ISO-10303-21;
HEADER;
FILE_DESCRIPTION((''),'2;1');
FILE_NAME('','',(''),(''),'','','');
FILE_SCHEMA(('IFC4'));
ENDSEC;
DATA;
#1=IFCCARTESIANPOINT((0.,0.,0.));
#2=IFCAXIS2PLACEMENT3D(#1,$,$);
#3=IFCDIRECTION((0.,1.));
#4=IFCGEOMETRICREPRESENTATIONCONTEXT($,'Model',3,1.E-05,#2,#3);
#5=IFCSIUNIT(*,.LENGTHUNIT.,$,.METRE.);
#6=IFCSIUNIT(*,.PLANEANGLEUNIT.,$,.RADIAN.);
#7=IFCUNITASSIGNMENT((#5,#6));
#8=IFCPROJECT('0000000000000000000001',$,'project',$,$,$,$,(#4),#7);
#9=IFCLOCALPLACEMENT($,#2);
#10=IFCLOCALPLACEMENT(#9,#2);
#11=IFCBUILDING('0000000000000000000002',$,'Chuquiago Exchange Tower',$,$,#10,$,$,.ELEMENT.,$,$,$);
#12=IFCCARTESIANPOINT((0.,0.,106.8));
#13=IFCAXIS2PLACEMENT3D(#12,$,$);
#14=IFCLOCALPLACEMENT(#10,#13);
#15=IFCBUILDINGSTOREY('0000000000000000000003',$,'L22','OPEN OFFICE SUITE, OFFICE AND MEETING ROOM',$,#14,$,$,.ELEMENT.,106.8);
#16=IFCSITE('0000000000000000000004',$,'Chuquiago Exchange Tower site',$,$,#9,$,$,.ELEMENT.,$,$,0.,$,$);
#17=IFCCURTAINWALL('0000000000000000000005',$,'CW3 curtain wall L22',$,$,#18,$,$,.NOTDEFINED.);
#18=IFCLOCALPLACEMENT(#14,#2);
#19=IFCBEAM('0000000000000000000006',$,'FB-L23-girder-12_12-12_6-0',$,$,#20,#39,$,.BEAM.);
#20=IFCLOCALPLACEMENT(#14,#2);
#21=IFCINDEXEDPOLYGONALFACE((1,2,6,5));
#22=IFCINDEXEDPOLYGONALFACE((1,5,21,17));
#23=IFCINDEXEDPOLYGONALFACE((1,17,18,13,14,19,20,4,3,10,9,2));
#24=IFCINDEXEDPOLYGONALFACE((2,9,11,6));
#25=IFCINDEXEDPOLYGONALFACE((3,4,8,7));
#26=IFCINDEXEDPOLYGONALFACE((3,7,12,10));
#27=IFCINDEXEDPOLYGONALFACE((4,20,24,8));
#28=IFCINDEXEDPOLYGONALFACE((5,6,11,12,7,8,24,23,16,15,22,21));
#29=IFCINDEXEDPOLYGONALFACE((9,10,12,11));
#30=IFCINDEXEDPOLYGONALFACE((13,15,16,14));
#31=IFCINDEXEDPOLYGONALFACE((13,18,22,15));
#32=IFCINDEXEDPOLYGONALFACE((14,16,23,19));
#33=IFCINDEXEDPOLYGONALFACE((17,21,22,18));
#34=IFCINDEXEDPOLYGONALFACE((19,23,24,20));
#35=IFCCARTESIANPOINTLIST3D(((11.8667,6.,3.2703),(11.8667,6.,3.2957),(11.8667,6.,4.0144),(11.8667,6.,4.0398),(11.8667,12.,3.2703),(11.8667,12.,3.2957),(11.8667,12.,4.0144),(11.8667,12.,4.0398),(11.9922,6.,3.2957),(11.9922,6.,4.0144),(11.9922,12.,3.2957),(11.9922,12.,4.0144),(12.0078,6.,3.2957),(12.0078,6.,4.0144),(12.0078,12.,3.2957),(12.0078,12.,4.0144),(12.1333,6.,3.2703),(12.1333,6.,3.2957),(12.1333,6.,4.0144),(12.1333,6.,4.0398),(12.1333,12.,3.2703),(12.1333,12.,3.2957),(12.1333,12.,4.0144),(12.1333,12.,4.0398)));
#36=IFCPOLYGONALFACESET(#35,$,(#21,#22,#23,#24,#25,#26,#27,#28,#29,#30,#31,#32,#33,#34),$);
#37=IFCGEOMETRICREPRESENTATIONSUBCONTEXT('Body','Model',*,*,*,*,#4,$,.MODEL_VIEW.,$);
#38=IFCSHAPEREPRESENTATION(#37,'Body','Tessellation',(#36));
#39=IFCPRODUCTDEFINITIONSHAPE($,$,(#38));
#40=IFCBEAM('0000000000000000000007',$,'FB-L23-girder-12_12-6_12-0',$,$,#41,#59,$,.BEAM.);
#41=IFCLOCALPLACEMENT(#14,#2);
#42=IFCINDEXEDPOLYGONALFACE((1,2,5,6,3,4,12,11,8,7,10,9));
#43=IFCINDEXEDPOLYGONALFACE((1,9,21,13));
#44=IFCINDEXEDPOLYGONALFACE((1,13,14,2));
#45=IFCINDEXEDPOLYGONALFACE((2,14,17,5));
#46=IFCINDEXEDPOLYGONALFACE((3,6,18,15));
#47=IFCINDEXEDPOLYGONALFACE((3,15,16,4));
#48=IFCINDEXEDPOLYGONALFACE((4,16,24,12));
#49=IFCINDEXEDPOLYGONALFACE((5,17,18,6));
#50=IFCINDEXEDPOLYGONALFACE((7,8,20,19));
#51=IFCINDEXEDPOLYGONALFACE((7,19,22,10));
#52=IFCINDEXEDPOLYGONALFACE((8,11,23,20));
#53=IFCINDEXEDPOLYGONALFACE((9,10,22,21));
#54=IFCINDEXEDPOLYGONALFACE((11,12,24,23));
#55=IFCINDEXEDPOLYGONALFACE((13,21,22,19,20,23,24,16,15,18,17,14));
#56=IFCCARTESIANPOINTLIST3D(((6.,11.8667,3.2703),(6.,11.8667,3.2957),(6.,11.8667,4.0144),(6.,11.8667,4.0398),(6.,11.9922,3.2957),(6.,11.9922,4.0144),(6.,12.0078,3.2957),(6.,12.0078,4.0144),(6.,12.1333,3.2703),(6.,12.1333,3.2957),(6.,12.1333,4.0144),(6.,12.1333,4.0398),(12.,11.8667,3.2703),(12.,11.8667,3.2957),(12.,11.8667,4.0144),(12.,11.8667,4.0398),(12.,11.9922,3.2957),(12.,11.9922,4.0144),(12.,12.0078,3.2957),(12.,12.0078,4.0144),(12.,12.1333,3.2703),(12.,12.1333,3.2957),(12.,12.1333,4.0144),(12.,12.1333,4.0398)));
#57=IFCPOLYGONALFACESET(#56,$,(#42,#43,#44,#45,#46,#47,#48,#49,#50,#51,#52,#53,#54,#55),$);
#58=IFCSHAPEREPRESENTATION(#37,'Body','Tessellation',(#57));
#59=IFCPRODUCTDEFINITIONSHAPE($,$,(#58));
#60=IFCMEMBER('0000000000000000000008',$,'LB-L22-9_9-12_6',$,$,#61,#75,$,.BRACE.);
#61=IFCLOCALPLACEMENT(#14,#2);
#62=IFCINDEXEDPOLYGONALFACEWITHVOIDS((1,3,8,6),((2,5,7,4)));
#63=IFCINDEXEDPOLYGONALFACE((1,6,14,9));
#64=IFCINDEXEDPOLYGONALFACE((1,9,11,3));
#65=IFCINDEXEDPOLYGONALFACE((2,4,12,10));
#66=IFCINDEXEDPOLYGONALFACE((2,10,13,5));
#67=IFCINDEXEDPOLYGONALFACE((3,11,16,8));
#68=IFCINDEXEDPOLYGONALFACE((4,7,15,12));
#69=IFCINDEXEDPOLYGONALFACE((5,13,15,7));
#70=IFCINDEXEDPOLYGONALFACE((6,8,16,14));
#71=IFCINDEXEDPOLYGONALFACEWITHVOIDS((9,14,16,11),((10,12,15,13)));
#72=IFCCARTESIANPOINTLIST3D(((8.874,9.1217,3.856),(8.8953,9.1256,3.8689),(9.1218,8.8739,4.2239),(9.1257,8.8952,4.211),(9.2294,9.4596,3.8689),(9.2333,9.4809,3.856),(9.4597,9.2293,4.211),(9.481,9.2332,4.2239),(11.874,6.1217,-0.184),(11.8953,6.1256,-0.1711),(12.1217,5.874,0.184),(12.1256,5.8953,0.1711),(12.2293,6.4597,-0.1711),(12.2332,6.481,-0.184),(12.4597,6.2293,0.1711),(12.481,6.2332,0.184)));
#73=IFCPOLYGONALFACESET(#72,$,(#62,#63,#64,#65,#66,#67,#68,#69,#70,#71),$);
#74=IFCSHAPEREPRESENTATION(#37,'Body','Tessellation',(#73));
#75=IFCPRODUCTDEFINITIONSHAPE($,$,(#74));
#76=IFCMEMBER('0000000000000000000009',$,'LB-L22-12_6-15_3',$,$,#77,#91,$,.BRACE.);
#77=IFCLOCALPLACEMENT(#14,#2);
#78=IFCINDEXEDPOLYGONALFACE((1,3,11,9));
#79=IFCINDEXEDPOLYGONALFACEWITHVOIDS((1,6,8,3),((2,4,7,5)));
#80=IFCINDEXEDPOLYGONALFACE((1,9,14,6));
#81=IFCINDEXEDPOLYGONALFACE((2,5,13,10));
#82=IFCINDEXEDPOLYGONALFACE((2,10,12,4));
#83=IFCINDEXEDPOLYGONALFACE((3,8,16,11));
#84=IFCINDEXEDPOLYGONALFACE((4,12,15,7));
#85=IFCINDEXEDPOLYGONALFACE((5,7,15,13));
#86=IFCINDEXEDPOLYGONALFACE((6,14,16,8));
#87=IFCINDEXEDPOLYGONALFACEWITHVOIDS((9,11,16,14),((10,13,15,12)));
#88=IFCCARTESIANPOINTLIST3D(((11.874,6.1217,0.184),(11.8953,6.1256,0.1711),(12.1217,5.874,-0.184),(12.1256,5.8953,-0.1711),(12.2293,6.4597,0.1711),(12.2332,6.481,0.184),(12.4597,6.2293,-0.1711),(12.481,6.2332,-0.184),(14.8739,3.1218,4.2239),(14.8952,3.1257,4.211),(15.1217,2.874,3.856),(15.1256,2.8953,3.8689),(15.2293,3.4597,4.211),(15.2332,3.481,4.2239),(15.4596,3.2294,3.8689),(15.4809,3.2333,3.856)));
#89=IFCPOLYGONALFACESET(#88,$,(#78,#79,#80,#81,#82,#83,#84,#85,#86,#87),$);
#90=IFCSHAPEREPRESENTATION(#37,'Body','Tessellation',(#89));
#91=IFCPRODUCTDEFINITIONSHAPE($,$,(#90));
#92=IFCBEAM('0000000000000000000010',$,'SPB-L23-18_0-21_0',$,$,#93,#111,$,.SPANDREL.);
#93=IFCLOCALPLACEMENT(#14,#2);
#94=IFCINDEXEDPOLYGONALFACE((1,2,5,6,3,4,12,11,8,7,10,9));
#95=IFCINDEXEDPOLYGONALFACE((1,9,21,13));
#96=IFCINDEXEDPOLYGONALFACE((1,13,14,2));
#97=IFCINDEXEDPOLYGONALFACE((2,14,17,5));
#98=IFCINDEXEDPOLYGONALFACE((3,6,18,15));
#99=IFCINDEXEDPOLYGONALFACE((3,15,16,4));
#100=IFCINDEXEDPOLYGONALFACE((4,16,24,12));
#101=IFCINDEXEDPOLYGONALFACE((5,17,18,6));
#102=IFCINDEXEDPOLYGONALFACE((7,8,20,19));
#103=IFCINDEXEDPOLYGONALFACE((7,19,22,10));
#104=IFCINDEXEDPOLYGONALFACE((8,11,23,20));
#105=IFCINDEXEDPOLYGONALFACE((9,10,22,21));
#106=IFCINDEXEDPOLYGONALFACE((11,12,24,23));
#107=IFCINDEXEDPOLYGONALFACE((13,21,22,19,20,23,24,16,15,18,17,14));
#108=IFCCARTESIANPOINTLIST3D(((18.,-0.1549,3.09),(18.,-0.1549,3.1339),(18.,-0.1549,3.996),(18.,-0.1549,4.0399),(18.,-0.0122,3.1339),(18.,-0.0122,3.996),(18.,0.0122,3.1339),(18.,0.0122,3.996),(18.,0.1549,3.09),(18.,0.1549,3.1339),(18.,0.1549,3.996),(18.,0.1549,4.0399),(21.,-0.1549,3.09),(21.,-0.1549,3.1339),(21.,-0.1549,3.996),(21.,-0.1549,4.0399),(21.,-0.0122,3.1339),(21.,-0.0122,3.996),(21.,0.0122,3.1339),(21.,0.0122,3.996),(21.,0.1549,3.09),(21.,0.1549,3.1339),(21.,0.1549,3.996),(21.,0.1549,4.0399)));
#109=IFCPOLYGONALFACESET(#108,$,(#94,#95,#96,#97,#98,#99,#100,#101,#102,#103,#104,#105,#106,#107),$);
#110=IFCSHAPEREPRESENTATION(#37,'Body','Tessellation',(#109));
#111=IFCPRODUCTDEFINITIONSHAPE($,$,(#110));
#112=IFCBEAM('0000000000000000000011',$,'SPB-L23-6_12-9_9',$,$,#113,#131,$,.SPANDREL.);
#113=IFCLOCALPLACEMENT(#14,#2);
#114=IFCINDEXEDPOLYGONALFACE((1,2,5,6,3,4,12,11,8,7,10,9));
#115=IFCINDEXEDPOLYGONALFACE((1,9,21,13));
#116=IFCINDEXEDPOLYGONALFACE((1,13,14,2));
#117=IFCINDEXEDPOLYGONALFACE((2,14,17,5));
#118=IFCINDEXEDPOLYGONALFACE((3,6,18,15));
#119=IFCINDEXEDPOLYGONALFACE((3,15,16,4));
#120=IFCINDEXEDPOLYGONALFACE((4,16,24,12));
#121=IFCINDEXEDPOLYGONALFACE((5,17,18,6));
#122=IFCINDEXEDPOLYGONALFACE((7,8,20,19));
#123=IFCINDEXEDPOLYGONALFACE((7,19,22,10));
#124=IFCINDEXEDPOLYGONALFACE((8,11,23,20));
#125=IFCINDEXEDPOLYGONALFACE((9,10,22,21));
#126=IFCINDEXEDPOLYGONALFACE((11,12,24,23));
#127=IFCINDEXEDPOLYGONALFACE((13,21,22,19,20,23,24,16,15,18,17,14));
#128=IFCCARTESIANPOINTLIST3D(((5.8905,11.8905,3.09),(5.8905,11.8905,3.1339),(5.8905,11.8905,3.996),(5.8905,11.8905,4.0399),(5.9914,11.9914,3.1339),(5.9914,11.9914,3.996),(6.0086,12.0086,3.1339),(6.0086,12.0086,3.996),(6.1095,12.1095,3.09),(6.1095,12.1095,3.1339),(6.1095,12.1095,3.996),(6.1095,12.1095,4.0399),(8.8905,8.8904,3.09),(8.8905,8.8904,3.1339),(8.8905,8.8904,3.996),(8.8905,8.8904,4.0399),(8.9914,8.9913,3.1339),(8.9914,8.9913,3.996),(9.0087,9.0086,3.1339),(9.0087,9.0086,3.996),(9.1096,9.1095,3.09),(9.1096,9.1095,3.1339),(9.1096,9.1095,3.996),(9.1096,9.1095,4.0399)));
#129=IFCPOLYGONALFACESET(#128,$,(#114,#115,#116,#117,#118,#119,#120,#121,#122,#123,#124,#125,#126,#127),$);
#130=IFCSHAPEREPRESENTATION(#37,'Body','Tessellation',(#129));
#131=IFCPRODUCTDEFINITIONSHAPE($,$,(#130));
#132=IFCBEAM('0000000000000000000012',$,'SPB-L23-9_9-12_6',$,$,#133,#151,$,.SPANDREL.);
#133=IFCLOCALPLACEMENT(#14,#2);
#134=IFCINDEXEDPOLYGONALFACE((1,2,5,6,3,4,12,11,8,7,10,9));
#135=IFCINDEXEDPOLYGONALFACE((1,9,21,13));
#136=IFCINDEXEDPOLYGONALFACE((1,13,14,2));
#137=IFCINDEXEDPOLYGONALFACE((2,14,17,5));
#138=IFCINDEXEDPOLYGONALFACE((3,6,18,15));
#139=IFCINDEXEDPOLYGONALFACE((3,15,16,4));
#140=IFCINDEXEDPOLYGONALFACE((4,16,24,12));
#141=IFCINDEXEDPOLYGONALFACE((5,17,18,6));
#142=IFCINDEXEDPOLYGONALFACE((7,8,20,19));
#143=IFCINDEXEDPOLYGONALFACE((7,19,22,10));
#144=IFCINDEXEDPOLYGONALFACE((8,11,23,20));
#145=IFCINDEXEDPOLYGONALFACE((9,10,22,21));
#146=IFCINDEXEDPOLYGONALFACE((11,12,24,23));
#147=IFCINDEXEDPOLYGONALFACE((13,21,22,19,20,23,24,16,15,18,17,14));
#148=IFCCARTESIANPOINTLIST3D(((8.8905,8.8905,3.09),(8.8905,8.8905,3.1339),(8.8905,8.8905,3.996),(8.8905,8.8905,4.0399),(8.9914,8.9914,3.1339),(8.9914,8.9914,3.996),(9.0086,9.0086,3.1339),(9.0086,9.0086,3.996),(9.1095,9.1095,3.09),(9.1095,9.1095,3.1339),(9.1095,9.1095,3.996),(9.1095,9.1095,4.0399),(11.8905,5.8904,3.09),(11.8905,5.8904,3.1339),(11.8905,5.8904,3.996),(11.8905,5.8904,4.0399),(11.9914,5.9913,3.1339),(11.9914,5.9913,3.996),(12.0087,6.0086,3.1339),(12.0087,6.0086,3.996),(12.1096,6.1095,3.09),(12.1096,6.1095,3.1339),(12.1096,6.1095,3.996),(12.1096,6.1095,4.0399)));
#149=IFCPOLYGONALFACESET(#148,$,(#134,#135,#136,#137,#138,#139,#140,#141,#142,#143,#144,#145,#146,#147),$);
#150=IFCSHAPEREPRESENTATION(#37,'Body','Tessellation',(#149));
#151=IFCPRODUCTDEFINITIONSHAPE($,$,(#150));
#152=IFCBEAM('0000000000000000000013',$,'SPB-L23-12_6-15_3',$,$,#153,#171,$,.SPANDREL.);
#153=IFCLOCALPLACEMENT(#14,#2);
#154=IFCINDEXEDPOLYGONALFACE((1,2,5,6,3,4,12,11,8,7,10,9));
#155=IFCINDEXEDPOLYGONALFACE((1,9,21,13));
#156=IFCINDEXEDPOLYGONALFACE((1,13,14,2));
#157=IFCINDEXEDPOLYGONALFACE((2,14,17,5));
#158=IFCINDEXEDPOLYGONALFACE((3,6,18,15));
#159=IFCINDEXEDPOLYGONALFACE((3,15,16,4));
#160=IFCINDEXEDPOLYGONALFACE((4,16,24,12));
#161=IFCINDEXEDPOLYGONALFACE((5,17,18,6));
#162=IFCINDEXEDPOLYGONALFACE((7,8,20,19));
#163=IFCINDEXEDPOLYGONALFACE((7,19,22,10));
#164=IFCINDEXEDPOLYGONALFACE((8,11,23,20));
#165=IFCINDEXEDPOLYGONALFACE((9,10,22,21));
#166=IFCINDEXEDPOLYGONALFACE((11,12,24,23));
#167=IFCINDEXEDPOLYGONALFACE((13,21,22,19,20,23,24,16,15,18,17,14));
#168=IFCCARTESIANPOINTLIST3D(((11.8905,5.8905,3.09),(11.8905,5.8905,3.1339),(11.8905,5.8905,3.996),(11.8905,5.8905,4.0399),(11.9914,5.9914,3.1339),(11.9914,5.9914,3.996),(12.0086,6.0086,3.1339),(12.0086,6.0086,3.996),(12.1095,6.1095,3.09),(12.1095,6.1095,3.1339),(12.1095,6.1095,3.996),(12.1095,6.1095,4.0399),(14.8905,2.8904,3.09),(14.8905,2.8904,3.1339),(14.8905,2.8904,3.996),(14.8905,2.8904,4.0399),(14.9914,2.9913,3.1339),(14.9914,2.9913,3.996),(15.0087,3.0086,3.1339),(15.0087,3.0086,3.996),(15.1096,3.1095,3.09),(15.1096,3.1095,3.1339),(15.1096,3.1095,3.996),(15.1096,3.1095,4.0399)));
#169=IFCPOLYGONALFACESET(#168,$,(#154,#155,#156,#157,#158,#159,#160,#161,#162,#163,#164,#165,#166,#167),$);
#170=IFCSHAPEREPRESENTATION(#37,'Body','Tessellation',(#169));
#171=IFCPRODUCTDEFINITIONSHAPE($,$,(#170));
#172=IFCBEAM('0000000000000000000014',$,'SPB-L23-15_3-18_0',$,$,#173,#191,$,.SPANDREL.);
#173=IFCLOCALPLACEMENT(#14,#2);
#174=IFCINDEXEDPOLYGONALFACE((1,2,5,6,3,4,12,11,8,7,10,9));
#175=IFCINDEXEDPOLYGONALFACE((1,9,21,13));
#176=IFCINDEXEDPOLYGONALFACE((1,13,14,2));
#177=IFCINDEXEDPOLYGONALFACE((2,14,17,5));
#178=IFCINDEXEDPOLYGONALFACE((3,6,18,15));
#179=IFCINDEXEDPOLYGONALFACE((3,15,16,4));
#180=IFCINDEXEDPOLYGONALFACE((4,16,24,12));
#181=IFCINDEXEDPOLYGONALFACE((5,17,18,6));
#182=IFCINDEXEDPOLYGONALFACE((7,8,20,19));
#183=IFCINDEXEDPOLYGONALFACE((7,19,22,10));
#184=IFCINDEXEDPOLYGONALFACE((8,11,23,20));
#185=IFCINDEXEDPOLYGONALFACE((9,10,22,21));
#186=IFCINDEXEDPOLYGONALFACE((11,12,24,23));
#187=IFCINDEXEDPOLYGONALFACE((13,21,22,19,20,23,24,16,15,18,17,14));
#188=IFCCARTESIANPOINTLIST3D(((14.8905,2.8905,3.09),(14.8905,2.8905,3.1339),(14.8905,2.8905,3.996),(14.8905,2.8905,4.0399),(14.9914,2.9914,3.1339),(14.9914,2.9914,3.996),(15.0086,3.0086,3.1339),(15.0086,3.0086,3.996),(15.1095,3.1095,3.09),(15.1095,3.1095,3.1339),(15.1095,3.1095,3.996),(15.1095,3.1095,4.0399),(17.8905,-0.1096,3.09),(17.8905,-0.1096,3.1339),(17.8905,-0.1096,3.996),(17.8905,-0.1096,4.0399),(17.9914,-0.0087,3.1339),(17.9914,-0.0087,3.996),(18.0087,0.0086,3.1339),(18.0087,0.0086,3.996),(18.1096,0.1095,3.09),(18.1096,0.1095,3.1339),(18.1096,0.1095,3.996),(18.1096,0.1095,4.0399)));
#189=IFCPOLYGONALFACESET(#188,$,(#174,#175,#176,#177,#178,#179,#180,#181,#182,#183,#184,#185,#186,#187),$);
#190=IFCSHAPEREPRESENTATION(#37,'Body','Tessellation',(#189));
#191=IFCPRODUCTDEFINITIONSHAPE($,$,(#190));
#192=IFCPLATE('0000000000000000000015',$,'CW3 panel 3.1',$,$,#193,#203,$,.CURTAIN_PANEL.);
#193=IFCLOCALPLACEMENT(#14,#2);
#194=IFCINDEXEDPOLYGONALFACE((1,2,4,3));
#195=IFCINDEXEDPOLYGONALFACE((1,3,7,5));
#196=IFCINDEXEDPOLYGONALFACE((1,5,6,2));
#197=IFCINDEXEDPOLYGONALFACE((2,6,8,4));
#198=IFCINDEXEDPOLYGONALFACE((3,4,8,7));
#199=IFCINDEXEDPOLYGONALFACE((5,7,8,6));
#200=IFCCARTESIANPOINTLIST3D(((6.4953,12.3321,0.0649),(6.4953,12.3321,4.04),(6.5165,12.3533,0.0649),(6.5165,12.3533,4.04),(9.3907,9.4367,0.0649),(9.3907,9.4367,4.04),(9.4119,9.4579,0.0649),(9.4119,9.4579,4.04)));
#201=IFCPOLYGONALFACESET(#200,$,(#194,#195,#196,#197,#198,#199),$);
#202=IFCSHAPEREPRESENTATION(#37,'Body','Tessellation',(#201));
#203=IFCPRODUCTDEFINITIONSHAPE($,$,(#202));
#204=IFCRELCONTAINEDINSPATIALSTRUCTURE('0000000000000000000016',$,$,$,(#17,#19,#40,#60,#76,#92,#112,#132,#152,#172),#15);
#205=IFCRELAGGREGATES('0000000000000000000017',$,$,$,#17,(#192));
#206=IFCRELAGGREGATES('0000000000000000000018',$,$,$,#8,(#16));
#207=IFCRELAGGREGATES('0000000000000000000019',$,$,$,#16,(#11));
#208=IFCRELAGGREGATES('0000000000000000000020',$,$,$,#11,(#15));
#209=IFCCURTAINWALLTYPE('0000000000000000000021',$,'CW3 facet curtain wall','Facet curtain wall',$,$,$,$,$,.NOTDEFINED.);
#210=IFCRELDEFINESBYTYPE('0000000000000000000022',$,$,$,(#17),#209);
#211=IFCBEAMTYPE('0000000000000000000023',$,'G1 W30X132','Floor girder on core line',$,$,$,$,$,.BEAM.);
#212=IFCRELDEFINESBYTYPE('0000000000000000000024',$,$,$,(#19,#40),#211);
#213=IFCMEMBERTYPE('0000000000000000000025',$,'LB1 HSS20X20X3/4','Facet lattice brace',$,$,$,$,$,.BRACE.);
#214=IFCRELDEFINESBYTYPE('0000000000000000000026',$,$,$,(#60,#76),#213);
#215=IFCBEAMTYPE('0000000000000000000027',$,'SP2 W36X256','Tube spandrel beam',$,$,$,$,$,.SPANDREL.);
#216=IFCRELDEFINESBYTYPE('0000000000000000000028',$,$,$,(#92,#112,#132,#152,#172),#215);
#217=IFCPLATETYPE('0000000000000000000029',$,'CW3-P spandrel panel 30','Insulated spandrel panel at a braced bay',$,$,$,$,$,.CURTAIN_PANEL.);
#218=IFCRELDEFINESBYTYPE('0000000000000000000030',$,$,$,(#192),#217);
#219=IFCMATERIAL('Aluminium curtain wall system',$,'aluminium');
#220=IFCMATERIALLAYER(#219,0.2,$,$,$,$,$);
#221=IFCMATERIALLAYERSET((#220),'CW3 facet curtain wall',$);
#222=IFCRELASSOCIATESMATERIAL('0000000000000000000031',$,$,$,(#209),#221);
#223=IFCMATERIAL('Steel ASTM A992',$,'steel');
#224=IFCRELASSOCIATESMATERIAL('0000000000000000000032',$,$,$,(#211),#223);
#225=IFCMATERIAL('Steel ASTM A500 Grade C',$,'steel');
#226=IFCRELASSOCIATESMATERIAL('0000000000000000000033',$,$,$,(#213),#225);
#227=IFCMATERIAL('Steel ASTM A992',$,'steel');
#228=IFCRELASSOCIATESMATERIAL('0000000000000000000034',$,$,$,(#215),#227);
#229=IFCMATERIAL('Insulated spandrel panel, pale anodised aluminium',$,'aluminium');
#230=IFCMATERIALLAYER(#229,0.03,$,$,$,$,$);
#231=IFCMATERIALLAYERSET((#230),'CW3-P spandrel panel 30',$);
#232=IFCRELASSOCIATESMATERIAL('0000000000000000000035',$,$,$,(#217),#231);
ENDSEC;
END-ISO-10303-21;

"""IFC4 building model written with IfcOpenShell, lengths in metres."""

from ifc_helpers import new_model, si_unit, direction, frame, origin, origin_2d, place, context, subcontext, project, spatial, rectangle, hollow_rectangle, i_section, extrude, material, layer, layer_set, material_profile, profile_set, type_object, element, aggregate, save


model = new_model("IFC4")

# Units and contexts
model_context = context("Model", 3, precision=1e-05, world=origin(), true_north=direction((0.0, 1.0)))
body_context = subcontext(model_context, "Body", "Model", "MODEL_VIEW")
ifc_project = project(units=[si_unit("LENGTHUNIT", "METRE"), si_unit("PLANEANGLEUNIT", "RADIAN")], contexts=[model_context])

# Site, building, storey
site_placement = place(None, origin())
site = spatial("IfcSite", under=ifc_project, at=site_placement, Name="Chuquiago Exchange Tower site", CompositionType="ELEMENT", RefElevation=0.0)
building_placement = place(site_placement, origin())
building = spatial("IfcBuilding", under=site, at=building_placement, Name="Chuquiago Exchange Tower", CompositionType="ELEMENT")
storey_placement = place(building_placement, frame((0.0, 0.0, 106.8)))
storey = spatial("IfcBuildingStorey", under=building, at=storey_placement, Name="L22", Description="OPEN OFFICE SUITE, OFFICE AND MEETING ROOM", CompositionType="ELEMENT", Elevation=106.8)

# Curtain wall
ifc_material_1 = material(Name="Aluminium curtain wall system", Category="aluminium")
ifc_layer_1 = layer(ifc_material_1, 0.2)
ifc_layer_set_1 = layer_set([ifc_layer_1], Name="CW3 facet curtain wall")
curtain_wall_type = type_object("IfcCurtainWallType", Name="CW3 facet curtain wall", Description="Facet curtain wall", PredefinedType="NOTDEFINED", material=ifc_layer_set_1)
curtain_wall_placement = place(storey_placement, origin())
curtain_wall = element("IfcCurtainWall", 1, at=curtain_wall_placement, inside=storey, type_object=curtain_wall_type, Name="CW3 curtain wall L22", PredefinedType="NOTDEFINED")

# Beams
ifc_material_2 = material(Name="Steel ASTM A992", Category="steel")
ifc_material_profile_1 = material_profile(ifc_material_2, i_section(OverallWidth=0.2666, OverallDepth=0.7695, WebThickness=0.0156, FlangeThickness=0.0254, at=origin_2d()), Name="W30X132")
ifc_profile_set_1 = profile_set([ifc_material_profile_1], Name="Steel ASTM A992")
beam_type_1 = type_object("IfcBeamType", Name="G1 W30X132", Description="Floor girder on core line", PredefinedType="BEAM", material=ifc_profile_set_1)
for number, where, z_axis, x_axis, name in (
    (2, (12.0, 12.0, 3.655), (0.0, -1.0, 0.0), (1.0, 0.0, 0.0), "FB-L23-girder-12_12-12_6-0"),
    (3, (12.0, 12.0, 3.655), (-1.0, 0.0, 0.0), (0.0, -1.0, 0.0), "FB-L23-girder-12_12-6_12-0"),
):
    element("IfcBeam", number, at=place(storey_placement, frame(where, z_axis=z_axis, x_axis=x_axis)), inside=storey, type_object=beam_type_1, Name=name, PredefinedType="BEAM", context=body_context, shape_type="SweptSolid", body=[
        extrude(i_section(OverallWidth=0.2666, OverallDepth=0.7695, WebThickness=0.0156, FlangeThickness=0.0254, at=origin_2d()), origin(), (0.0, 0.0, 1.0), 6.0),
    ])

# Members
ifc_material_3 = material(Name="Steel ASTM A500 Grade C", Category="steel")
ifc_material_profile_2 = material_profile(ifc_material_3, hollow_rectangle(XDim=0.5081, YDim=0.5081, WallThickness=0.0178, at=origin_2d()), Name="HSS20X20X3/4")
ifc_profile_set_2 = profile_set([ifc_material_profile_2], Name="Steel ASTM A500 Grade C")
member_type_1 = type_object("IfcMemberType", Name="LB1 HSS20X20X3/4", Description="Facet lattice brace", PredefinedType="BRACE", material=ifc_profile_set_2)
for number, where, z_axis, x_axis, name in (
    (4, (12.1775, 6.1775, 0.0), (-0.512077, 0.512077, 0.689604), (-0.707107, -0.707107, 0.0), "LB-L22-9_9-12_6"),
    (5, (12.1775, 6.1775, 0.0), (0.512077, -0.512077, 0.689604), (0.707107, 0.707107, 0.0), "LB-L22-12_6-15_3"),
):
    element("IfcMember", number, at=place(storey_placement, frame(where, z_axis=z_axis, x_axis=x_axis)), inside=storey, type_object=member_type_1, Name=name, PredefinedType="BRACE", context=body_context, shape_type="SweptSolid", body=[
        extrude(hollow_rectangle(XDim=0.5081, YDim=0.5081, WallThickness=0.0178, at=origin_2d()), origin(), (0.0, 0.0, 1.0), 5.8584),
    ])

# Beams
ifc_material_4 = material(Name="Steel ASTM A992", Category="steel")
ifc_material_profile_3 = material_profile(ifc_material_4, i_section(OverallWidth=0.3098, OverallDepth=0.95, WebThickness=0.0244, FlangeThickness=0.0439, at=origin_2d()), Name="W36X256")
ifc_profile_set_3 = profile_set([ifc_material_profile_3], Name="Steel ASTM A992")
beam_type_2 = type_object("IfcBeamType", Name="SP2 W36X256", Description="Tube spandrel beam", PredefinedType="SPANDREL", material=ifc_profile_set_3)
beam_1_placement = place(storey_placement, frame((18.0, 0.0, 3.5649), z_axis=(1.0, 0.0, 0.0), x_axis=(0.0, 1.0, 0.0)))
element("IfcBeam", 6, at=beam_1_placement, inside=storey, type_object=beam_type_2, Name="SPB-L23-18_0-21_0", PredefinedType="SPANDREL", context=body_context, shape_type="SweptSolid", body=[
    extrude(i_section(OverallWidth=0.3098, OverallDepth=0.95, WebThickness=0.0244, FlangeThickness=0.0439, at=origin_2d()), origin(), (0.0, 0.0, 1.0), 3.0),
])
for number, where, z_axis, x_axis, name in (
    (7, (6.0, 12.0, 3.5649), (0.707107, -0.707107, 0.0), (0.707107, 0.707107, 0.0), "SPB-L23-6_12-9_9"),
    (8, (9.0, 9.0, 3.5649), (0.707107, -0.707107, 0.0), (0.707107, 0.707107, 0.0), "SPB-L23-9_9-12_6"),
    (9, (12.0, 6.0, 3.5649), (0.707107, -0.707107, 0.0), (0.707107, 0.707107, 0.0), "SPB-L23-12_6-15_3"),
    (10, (15.0, 3.0, 3.5649), (0.707107, -0.707107, 0.0), (0.707107, 0.707107, 0.0), "SPB-L23-15_3-18_0"),
):
    element("IfcBeam", number, at=place(storey_placement, frame(where, z_axis=z_axis, x_axis=x_axis)), inside=storey, type_object=beam_type_2, Name=name, PredefinedType="SPANDREL", context=body_context, shape_type="SweptSolid", body=[
        extrude(i_section(OverallWidth=0.3098, OverallDepth=0.95, WebThickness=0.0244, FlangeThickness=0.0439, at=origin_2d()), origin(), (0.0, 0.0, 1.0), 4.2427),
    ])

# Plate
ifc_material_5 = material(Name="Insulated spandrel panel, pale anodised aluminium", Category="aluminium")
ifc_layer_2 = layer(ifc_material_5, 0.03)
ifc_layer_set_2 = layer_set([ifc_layer_2], Name="CW3-P spandrel panel 30")
plate_type = type_object("IfcPlateType", Name="CW3-P spandrel panel 30", Description="Insulated spandrel panel at a braced bay", PredefinedType="CURTAIN_PANEL", material=ifc_layer_set_2)
plate_1_placement = place(storey_placement, frame((7.9536, 10.895, 0.0649), z_axis=(0.0, 0.0, 1.0), x_axis=(0.707107, -0.707107, 0.0)))
plate_1 = element("IfcPlate", 11, at=plate_1_placement, type_object=plate_type, Name="CW3 panel 3.1", PredefinedType="CURTAIN_PANEL", context=body_context, shape_type="SweptSolid", body=[
    extrude(rectangle(XDim=4.0947, YDim=0.03, at=origin_2d()), origin(), (0.0, 0.0, 1.0), 3.9751),
])
aggregate(curtain_wall, [plate_1])

save(model, "model.ifc")
